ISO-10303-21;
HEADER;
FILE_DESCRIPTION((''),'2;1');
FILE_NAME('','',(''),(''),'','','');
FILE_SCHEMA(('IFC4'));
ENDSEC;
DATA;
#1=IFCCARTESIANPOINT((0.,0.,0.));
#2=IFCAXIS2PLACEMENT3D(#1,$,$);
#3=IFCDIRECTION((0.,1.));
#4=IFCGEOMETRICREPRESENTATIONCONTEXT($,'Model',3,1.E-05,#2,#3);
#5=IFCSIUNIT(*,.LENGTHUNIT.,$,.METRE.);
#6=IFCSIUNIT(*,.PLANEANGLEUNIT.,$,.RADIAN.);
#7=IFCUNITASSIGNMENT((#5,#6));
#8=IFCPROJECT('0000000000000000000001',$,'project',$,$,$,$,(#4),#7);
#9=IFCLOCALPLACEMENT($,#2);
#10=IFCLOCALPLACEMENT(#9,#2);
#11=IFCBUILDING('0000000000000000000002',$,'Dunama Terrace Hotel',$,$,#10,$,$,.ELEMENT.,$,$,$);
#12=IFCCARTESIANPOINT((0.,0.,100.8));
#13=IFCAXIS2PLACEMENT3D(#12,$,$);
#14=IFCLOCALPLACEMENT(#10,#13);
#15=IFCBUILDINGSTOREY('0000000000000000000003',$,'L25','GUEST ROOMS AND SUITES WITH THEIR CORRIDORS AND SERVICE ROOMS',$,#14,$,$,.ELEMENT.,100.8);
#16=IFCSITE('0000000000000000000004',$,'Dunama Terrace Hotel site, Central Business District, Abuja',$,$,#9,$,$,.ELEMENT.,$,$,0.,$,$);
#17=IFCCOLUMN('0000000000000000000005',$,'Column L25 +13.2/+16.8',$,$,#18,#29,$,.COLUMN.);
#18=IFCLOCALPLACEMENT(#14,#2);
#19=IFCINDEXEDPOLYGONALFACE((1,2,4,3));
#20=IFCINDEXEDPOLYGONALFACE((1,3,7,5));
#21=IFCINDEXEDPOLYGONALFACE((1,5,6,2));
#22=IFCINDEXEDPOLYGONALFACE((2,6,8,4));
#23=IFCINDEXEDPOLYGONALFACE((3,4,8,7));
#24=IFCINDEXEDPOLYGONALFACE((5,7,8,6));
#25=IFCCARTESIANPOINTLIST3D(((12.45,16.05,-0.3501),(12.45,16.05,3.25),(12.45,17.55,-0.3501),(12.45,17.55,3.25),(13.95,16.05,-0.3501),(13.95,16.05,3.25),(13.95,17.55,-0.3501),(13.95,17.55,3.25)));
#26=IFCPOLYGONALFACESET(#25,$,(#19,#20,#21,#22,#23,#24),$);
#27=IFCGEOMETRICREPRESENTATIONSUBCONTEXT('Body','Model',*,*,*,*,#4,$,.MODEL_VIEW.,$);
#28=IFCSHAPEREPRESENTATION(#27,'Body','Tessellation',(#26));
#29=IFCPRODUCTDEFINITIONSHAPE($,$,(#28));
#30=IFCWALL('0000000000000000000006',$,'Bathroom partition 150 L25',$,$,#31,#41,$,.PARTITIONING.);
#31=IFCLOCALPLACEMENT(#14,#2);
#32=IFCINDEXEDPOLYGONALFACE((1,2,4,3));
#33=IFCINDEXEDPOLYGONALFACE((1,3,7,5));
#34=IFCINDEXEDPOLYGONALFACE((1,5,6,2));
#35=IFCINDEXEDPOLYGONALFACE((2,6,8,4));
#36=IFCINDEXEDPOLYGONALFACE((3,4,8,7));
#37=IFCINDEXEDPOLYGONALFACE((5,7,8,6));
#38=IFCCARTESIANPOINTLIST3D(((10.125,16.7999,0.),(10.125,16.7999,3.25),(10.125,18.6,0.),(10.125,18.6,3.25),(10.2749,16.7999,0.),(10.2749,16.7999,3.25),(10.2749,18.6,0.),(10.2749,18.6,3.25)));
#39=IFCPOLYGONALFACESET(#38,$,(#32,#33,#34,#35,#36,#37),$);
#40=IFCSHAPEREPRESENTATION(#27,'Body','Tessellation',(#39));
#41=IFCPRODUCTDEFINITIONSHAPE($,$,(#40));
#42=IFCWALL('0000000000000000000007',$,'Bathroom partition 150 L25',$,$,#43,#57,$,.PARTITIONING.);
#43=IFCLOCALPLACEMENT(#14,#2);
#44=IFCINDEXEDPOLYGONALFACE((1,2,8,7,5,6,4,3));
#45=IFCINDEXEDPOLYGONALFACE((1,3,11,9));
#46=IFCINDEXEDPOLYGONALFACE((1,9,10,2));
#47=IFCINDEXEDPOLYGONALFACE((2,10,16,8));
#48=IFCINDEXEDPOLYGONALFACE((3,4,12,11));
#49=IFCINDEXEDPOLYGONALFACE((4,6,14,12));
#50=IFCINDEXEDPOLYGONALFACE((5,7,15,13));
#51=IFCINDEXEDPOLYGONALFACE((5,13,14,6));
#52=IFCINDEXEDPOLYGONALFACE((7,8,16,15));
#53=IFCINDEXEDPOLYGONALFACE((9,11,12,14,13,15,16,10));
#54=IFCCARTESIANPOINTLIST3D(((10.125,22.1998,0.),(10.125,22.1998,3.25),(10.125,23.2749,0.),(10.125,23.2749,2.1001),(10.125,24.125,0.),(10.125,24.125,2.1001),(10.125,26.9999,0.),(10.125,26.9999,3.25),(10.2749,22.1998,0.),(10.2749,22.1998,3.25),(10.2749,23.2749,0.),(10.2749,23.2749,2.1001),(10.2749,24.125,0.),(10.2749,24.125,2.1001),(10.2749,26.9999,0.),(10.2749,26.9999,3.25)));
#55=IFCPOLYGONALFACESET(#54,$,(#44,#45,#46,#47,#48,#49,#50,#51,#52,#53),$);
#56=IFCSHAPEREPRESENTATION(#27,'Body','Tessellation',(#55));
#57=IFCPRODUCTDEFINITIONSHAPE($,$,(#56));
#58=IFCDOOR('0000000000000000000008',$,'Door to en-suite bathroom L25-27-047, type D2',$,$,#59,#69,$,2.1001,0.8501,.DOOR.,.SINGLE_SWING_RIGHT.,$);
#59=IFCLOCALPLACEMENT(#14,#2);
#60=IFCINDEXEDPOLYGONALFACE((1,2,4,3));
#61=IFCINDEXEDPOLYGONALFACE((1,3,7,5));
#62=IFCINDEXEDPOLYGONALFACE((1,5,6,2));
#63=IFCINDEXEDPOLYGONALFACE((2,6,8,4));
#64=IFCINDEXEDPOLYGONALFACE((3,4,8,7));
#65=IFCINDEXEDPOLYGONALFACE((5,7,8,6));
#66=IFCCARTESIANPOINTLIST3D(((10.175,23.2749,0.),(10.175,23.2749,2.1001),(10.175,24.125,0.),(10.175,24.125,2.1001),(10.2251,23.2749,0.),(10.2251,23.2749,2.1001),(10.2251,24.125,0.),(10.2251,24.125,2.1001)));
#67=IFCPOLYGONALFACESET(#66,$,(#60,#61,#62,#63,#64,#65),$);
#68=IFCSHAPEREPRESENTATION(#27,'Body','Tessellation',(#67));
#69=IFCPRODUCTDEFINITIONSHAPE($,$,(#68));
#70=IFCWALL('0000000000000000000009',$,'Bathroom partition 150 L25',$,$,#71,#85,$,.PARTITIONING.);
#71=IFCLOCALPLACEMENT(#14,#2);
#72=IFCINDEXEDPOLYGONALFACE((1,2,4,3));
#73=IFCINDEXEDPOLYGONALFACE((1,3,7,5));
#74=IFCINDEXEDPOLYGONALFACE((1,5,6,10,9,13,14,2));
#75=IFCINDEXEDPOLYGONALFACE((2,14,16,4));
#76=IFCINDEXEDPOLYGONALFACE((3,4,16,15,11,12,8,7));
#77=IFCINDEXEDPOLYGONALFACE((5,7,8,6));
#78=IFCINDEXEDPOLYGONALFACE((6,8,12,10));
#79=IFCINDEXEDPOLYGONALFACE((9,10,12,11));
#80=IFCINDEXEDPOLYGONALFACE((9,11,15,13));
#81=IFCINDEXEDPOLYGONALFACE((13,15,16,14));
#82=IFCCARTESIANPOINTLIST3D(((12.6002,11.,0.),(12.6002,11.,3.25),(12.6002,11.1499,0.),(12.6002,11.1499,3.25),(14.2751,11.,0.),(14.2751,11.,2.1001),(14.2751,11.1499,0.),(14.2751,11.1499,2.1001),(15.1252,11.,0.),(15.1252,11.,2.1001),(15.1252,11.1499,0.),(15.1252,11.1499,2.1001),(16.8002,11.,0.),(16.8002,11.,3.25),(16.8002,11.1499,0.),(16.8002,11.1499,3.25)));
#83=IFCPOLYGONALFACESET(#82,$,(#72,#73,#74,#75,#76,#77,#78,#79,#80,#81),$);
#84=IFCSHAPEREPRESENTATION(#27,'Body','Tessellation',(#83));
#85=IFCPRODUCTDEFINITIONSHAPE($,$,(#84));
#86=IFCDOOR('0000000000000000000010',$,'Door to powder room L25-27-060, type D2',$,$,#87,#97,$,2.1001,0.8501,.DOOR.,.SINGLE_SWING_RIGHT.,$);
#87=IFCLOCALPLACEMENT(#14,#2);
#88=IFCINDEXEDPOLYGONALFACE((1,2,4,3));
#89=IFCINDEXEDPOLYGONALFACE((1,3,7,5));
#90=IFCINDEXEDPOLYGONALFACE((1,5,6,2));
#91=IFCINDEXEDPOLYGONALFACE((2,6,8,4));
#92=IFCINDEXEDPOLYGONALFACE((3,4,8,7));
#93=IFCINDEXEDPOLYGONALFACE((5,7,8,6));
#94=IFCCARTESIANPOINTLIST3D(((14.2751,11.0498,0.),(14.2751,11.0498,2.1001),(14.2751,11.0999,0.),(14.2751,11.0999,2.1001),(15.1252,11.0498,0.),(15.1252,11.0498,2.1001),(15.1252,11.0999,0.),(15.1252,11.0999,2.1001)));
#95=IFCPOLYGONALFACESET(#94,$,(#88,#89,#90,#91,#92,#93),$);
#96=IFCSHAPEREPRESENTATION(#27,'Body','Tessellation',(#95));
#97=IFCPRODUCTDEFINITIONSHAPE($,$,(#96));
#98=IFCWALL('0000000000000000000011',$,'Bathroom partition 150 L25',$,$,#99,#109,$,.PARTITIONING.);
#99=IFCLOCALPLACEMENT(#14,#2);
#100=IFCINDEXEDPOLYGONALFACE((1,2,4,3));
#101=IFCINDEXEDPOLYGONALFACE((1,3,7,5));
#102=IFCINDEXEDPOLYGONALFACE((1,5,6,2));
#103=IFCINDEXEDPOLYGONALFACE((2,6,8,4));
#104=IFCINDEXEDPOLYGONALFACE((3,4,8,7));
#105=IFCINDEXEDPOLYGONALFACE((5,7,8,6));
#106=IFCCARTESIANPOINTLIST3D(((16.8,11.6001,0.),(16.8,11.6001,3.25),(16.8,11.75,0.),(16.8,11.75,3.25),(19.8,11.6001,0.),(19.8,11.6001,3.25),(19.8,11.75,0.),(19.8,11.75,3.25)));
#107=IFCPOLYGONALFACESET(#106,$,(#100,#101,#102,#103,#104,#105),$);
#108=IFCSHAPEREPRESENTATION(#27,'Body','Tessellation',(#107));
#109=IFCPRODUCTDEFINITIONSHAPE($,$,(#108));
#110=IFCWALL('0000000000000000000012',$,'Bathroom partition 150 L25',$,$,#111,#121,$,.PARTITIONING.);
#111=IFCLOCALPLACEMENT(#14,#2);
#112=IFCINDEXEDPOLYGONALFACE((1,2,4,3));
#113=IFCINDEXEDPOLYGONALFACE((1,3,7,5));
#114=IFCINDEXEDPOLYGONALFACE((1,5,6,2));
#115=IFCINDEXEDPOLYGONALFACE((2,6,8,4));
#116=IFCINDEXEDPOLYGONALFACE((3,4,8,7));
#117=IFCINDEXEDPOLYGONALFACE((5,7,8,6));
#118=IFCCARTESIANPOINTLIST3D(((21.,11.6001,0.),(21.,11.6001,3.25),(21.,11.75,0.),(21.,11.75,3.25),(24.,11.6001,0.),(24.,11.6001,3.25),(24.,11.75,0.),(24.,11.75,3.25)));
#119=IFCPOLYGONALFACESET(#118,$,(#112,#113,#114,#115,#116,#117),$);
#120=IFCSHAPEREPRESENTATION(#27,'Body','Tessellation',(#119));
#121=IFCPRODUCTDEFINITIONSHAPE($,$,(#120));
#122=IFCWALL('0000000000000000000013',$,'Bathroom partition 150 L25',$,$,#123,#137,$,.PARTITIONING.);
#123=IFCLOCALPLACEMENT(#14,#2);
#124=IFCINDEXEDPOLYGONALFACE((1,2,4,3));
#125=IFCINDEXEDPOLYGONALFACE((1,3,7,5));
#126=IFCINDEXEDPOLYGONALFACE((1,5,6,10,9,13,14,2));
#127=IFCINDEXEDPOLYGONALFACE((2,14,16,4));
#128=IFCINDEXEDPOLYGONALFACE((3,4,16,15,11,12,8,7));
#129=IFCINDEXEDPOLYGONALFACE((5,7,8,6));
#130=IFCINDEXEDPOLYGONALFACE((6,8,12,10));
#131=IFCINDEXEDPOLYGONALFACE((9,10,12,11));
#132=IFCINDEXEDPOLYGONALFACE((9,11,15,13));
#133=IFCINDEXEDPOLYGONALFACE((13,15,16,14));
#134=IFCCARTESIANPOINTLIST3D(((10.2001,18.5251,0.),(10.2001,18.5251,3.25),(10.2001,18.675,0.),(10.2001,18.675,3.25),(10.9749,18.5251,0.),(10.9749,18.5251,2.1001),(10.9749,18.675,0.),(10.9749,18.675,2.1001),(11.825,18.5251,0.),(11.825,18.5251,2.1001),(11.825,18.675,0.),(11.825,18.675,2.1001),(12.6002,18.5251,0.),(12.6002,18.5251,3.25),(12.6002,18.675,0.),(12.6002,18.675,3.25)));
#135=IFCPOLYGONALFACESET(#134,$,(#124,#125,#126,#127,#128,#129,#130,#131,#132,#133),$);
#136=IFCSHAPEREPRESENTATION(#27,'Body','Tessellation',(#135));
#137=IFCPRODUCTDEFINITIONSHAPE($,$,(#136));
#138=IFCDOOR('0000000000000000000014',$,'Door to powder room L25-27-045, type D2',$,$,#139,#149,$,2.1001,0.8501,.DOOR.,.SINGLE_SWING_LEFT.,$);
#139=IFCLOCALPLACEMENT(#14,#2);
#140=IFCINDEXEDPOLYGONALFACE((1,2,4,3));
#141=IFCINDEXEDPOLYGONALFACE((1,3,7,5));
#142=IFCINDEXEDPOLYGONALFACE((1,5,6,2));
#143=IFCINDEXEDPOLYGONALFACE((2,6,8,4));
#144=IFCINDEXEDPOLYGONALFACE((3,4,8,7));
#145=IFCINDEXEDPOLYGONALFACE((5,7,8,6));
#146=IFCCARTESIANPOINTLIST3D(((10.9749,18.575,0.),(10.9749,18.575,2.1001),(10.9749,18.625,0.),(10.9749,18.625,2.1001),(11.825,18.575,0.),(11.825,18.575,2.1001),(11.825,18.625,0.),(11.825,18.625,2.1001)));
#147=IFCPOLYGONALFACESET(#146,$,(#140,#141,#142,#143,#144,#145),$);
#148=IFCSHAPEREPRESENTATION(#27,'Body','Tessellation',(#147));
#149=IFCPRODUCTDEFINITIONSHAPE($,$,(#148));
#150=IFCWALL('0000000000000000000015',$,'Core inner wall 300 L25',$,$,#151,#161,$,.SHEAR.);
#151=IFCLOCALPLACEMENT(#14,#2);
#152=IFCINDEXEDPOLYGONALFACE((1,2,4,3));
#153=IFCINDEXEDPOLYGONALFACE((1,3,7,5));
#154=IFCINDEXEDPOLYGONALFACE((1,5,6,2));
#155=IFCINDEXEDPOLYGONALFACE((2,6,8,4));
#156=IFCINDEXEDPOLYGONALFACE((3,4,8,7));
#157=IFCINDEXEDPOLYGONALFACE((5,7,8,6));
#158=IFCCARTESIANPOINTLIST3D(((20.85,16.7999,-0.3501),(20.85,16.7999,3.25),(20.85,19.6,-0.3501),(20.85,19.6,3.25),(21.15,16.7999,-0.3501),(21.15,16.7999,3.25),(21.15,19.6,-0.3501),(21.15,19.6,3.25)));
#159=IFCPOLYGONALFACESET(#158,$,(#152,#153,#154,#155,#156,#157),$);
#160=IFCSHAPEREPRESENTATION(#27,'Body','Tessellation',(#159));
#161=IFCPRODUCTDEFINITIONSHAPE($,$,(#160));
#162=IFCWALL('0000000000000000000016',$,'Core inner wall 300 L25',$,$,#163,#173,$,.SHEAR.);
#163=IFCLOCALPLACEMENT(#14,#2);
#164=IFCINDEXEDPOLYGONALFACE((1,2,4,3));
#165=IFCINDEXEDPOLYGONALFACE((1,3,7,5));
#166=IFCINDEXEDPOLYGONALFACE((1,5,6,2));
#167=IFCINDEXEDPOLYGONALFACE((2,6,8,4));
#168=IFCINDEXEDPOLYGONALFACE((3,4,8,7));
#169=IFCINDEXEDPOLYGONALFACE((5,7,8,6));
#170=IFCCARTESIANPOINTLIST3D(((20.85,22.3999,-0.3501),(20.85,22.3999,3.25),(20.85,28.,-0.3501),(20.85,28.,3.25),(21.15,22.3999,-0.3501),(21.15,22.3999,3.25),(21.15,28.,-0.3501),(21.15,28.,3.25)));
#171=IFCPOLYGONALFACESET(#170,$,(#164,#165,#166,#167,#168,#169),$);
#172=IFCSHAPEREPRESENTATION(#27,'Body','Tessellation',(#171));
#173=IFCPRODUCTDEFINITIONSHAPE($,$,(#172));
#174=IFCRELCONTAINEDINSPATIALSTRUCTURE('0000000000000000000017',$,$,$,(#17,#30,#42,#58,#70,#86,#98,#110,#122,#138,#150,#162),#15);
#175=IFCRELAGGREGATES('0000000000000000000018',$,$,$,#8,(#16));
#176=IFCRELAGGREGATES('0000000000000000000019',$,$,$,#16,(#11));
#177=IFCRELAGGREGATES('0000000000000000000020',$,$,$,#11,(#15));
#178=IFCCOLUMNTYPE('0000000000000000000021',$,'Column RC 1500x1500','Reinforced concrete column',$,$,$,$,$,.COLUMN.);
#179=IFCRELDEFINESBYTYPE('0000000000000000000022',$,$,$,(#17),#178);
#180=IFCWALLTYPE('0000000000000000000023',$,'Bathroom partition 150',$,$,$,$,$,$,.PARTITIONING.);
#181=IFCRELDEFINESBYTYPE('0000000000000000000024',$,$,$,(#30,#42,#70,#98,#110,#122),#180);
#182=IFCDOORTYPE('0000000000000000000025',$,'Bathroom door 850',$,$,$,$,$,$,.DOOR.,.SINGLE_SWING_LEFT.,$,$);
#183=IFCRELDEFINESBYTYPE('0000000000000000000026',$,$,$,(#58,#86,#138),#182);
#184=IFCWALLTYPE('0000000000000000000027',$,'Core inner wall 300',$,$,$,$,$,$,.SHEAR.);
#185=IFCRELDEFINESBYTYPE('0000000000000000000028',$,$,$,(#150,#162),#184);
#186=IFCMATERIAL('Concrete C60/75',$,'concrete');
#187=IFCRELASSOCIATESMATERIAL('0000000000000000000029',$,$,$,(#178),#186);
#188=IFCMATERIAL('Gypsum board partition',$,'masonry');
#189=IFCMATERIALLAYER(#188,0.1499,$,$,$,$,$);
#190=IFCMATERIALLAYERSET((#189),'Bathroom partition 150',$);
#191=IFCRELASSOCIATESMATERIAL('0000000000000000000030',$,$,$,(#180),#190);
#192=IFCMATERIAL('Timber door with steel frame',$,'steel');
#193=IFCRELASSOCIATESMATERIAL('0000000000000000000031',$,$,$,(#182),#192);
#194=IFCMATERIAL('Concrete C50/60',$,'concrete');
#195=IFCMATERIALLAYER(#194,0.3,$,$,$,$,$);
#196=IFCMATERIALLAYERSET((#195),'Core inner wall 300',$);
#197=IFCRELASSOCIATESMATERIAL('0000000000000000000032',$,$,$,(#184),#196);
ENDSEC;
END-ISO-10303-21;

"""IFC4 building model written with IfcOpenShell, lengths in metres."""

from ifc_helpers import new_model, si_unit, direction, frame, frame_2d, origin, origin_2d, place, context, subcontext, project, spatial, rectangle, extrude, material, layer, layer_set, material_profile, profile_set, type_object, element, fill, save


model = new_model("IFC4")

# Units and contexts
model_context = context("Model", 3, precision=1e-05, world=origin(), true_north=direction((0.0, 1.0)))
body_context = subcontext(model_context, "Body", "Model", "MODEL_VIEW")
ifc_project = project(units=[si_unit("LENGTHUNIT", "METRE"), si_unit("PLANEANGLEUNIT", "RADIAN")], contexts=[model_context])

# Site, building, storey
site_placement = place(None, origin())
site = spatial("IfcSite", under=ifc_project, at=site_placement, Name="Dunama Terrace Hotel site, Central Business District, Abuja", CompositionType="ELEMENT", RefElevation=0.0)
building_placement = place(site_placement, origin())
building = spatial("IfcBuilding", under=site, at=building_placement, Name="Dunama Terrace Hotel", CompositionType="ELEMENT")
storey_placement = place(building_placement, frame((0.0, 0.0, 100.8)))
storey = spatial("IfcBuildingStorey", under=building, at=storey_placement, Name="L25", Description="GUEST ROOMS AND SUITES WITH THEIR CORRIDORS AND SERVICE ROOMS", CompositionType="ELEMENT", Elevation=100.8)

# Column
ifc_material_1 = material(Name="Concrete C60/75", Category="concrete")
ifc_material_profile = material_profile(ifc_material_1, rectangle(XDim=1.5, YDim=1.5, at=origin_2d()), Name="RC 1500x1500")
ifc_profile_set = profile_set([ifc_material_profile], Name="Concrete C60/75")
column_type = type_object("IfcColumnType", Name="Column RC 1500x1500", Description="Reinforced concrete column", PredefinedType="COLUMN", material=ifc_profile_set)
column_placement = place(storey_placement, frame((13.2, 16.8, -0.3501), z_axis=(0.0, 0.0, 1.0), x_axis=(1.0, 0.0, 0.0)))
element("IfcColumn", 1, at=column_placement, inside=storey, type_object=column_type, Name="Column L25 +13.2/+16.8", PredefinedType="COLUMN", context=body_context, shape_type="SweptSolid", body=[
    extrude(rectangle(XDim=1.5, YDim=1.5, at=origin_2d()), origin(), (0.0, 0.0, 1.0), 3.6001),
])

# Wall
ifc_material_2 = material(Name="Gypsum board partition", Category="masonry")
ifc_layer_1 = layer(ifc_material_2, 0.1499)
ifc_layer_set_1 = layer_set([ifc_layer_1], Name="Bathroom partition 150")
wall_type_1 = type_object("IfcWallType", Name="Bathroom partition 150", PredefinedType="PARTITIONING", material=ifc_layer_set_1)
wall_1_placement = place(storey_placement, frame((10.2, 16.8, 0.0), z_axis=(0.0, 0.0, 1.0), x_axis=(0.0, 1.0, 0.0)))
element("IfcWall", 2, at=wall_1_placement, inside=storey, type_object=wall_type_1, Name="Bathroom partition 150 L25", PredefinedType="PARTITIONING", context=body_context, shape_type="SweptSolid", body=[
    extrude(rectangle(XDim=1.8, YDim=0.1499, at=frame_2d((0.8999, 0.0))), origin(), (0.0, 0.0, 1.0), 3.25),
])

# Walls, openings, doors
wall_2_placement = place(storey_placement, frame((10.2, 22.2, 0.0), z_axis=(0.0, 0.0, 1.0), x_axis=(0.0, 1.0, 0.0)))
wall_2 = element("IfcWall", 3, at=wall_2_placement, inside=storey, type_object=wall_type_1, Name="Bathroom partition 150 L25", PredefinedType="PARTITIONING", context=body_context, shape_type="SweptSolid", body=[
    extrude(rectangle(XDim=4.8, YDim=0.1499, at=frame_2d((2.3999, 0.0))), origin(), (0.0, 0.0, 1.0), 3.25),
])
opening_1_placement = place(wall_2_placement, frame((1.075, 0.0, 0.0)))
opening_1 = element("IfcOpeningElement", 4, at=opening_1_placement, cuts=wall_2, PredefinedType="OPENING", context=body_context, shape_type="SweptSolid", body=[
    extrude(rectangle(XDim=0.8501, YDim=2.1001, at=frame_2d((0.425, 1.05))), frame((0.0, 0.085, 0.0), z_axis=(0.0, -1.0, 0.0), x_axis=(1.0, 0.0, 0.0)), (0.0, 0.0, 1.0), 0.1699),
])
ifc_material_3 = material(Name="Timber door with steel frame", Category="steel")
door_type_1 = type_object("IfcDoorType", Name="Bathroom door 850", OperationType="SINGLE_SWING_LEFT", PredefinedType="DOOR", material=ifc_material_3)
door_1_placement = place(opening_1_placement, origin())
door_1 = element("IfcDoor", 5, at=door_1_placement, inside=storey, type_object=door_type_1, Name="Door to en-suite bathroom L25-27-047, type D2", OperationType="SINGLE_SWING_RIGHT", OverallHeight=2.1001, OverallWidth=0.8501, PredefinedType="DOOR", context=body_context, shape_type="SweptSolid", body=[
    extrude(rectangle(XDim=0.8501, YDim=2.1001, at=frame_2d((0.425, 1.05))), frame((0.0, 0.0249, 0.0), z_axis=(0.0, -1.0, 0.0), x_axis=(1.0, 0.0, 0.0)), (0.0, 0.0, 1.0), 0.05),
])
fill(opening_1, door_1)
wall_3_placement = place(storey_placement, frame((12.6001, 11.075, 0.0), z_axis=(0.0, 0.0, 1.0), x_axis=(1.0, 0.0, 0.0)))
wall_3 = element("IfcWall", 6, at=wall_3_placement, inside=storey, type_object=wall_type_1, Name="Bathroom partition 150 L25", PredefinedType="PARTITIONING", context=body_context, shape_type="SweptSolid", body=[
    extrude(rectangle(XDim=4.2, YDim=0.1499, at=frame_2d((2.1001, 0.0))), origin(), (0.0, 0.0, 1.0), 3.25),
])
opening_2_placement = place(wall_3_placement, frame((1.675, 0.0, 0.0)))
opening_2 = element("IfcOpeningElement", 7, at=opening_2_placement, cuts=wall_3, PredefinedType="OPENING", context=body_context, shape_type="SweptSolid", body=[
    extrude(rectangle(XDim=0.8501, YDim=2.1001, at=frame_2d((0.425, 1.05))), frame((0.0, 0.085, 0.0), z_axis=(0.0, -1.0, 0.0), x_axis=(1.0, 0.0, 0.0)), (0.0, 0.0, 1.0), 0.1699),
])
door_2_placement = place(opening_2_placement, origin())
door_2 = element("IfcDoor", 8, at=door_2_placement, inside=storey, type_object=door_type_1, Name="Door to powder room L25-27-060, type D2", OperationType="SINGLE_SWING_RIGHT", OverallHeight=2.1001, OverallWidth=0.8501, PredefinedType="DOOR", context=body_context, shape_type="SweptSolid", body=[
    extrude(rectangle(XDim=0.8501, YDim=2.1001, at=frame_2d((0.425, 1.05))), frame((0.0, 0.0249, 0.0), z_axis=(0.0, -1.0, 0.0), x_axis=(1.0, 0.0, 0.0)), (0.0, 0.0, 1.0), 0.05),
])
fill(opening_2, door_2)

# Walls
for number, where, z_axis, x_axis, name in (
    (9, (16.8, 11.675, 0.0), (0.0, 0.0, 1.0), (1.0, 0.0, 0.0), "Bathroom partition 150 L25"),
    (10, (21.0, 11.675, 0.0), (0.0, 0.0, 1.0), (1.0, 0.0, 0.0), "Bathroom partition 150 L25"),
):
    element("IfcWall", number, at=place(storey_placement, frame(where, z_axis=z_axis, x_axis=x_axis)), inside=storey, type_object=wall_type_1, Name=name, PredefinedType="PARTITIONING", context=body_context, shape_type="SweptSolid", body=[
        extrude(rectangle(XDim=3.0, YDim=0.1499, at=frame_2d((1.5, 0.0))), origin(), (0.0, 0.0, 1.0), 3.25),
    ])

# Wall, opening, door
wall_4_placement = place(storey_placement, frame((10.2, 18.6001, 0.0), z_axis=(0.0, 0.0, 1.0), x_axis=(1.0, 0.0, 0.0)))
wall_4 = element("IfcWall", 11, at=wall_4_placement, inside=storey, type_object=wall_type_1, Name="Bathroom partition 150 L25", PredefinedType="PARTITIONING", context=body_context, shape_type="SweptSolid", body=[
    extrude(rectangle(XDim=2.4001, YDim=0.1499, at=frame_2d((1.2002, 0.0))), origin(), (0.0, 0.0, 1.0), 3.25),
])
opening_3_placement = place(wall_4_placement, frame((0.7749, 0.0, 0.0)))
opening_3 = element("IfcOpeningElement", 12, at=opening_3_placement, cuts=wall_4, PredefinedType="OPENING", context=body_context, shape_type="SweptSolid", body=[
    extrude(rectangle(XDim=0.8501, YDim=2.1001, at=frame_2d((0.425, 1.05))), frame((0.0, 0.085, 0.0), z_axis=(0.0, -1.0, 0.0), x_axis=(1.0, 0.0, 0.0)), (0.0, 0.0, 1.0), 0.1699),
])
door_3_placement = place(opening_3_placement, frame((0.8501, 0.0, 0.0), z_axis=(0.0, 0.0, 1.0), x_axis=(-1.0, 0.0, 0.0)))
door_3 = element("IfcDoor", 13, at=door_3_placement, inside=storey, type_object=door_type_1, Name="Door to powder room L25-27-045, type D2", OperationType="SINGLE_SWING_LEFT", OverallHeight=2.1001, OverallWidth=0.8501, PredefinedType="DOOR", context=body_context, shape_type="SweptSolid", body=[
    extrude(rectangle(XDim=0.8501, YDim=2.1001, at=frame_2d((0.425, 1.05))), frame((0.0, 0.0251, 0.0), z_axis=(0.0, -1.0, 0.0), x_axis=(1.0, 0.0, 0.0)), (0.0, 0.0, 1.0), 0.05),
])
fill(opening_3, door_3)

# Walls
ifc_material_4 = material(Name="Concrete C50/60", Category="concrete")
ifc_layer_2 = layer(ifc_material_4, 0.3)
ifc_layer_set_2 = layer_set([ifc_layer_2], Name="Core inner wall 300")
wall_type_2 = type_object("IfcWallType", Name="Core inner wall 300", PredefinedType="SHEAR", material=ifc_layer_set_2)
wall_5_placement = place(storey_placement, frame((21.0, 16.8, -0.3501), z_axis=(0.0, 0.0, 1.0), x_axis=(0.0, 1.0, 0.0)))
element("IfcWall", 14, at=wall_5_placement, inside=storey, type_object=wall_type_2, Name="Core inner wall 300 L25", PredefinedType="SHEAR", context=body_context, shape_type="SweptSolid", body=[
    extrude(rectangle(XDim=2.8, YDim=0.3, at=frame_2d((1.3999, 0.0))), origin(), (0.0, 0.0, 1.0), 3.6001),
])
wall_6_placement = place(storey_placement, frame((21.0, 22.3999, -0.3501), z_axis=(0.0, 0.0, 1.0), x_axis=(0.0, 1.0, 0.0)))
element("IfcWall", 15, at=wall_6_placement, inside=storey, type_object=wall_type_2, Name="Core inner wall 300 L25", PredefinedType="SHEAR", context=body_context, shape_type="SweptSolid", body=[
    extrude(rectangle(XDim=5.6001, YDim=0.3, at=frame_2d((2.8, 0.0))), origin(), (0.0, 0.0, 1.0), 3.6001),
])

save(model, "model.ifc")
